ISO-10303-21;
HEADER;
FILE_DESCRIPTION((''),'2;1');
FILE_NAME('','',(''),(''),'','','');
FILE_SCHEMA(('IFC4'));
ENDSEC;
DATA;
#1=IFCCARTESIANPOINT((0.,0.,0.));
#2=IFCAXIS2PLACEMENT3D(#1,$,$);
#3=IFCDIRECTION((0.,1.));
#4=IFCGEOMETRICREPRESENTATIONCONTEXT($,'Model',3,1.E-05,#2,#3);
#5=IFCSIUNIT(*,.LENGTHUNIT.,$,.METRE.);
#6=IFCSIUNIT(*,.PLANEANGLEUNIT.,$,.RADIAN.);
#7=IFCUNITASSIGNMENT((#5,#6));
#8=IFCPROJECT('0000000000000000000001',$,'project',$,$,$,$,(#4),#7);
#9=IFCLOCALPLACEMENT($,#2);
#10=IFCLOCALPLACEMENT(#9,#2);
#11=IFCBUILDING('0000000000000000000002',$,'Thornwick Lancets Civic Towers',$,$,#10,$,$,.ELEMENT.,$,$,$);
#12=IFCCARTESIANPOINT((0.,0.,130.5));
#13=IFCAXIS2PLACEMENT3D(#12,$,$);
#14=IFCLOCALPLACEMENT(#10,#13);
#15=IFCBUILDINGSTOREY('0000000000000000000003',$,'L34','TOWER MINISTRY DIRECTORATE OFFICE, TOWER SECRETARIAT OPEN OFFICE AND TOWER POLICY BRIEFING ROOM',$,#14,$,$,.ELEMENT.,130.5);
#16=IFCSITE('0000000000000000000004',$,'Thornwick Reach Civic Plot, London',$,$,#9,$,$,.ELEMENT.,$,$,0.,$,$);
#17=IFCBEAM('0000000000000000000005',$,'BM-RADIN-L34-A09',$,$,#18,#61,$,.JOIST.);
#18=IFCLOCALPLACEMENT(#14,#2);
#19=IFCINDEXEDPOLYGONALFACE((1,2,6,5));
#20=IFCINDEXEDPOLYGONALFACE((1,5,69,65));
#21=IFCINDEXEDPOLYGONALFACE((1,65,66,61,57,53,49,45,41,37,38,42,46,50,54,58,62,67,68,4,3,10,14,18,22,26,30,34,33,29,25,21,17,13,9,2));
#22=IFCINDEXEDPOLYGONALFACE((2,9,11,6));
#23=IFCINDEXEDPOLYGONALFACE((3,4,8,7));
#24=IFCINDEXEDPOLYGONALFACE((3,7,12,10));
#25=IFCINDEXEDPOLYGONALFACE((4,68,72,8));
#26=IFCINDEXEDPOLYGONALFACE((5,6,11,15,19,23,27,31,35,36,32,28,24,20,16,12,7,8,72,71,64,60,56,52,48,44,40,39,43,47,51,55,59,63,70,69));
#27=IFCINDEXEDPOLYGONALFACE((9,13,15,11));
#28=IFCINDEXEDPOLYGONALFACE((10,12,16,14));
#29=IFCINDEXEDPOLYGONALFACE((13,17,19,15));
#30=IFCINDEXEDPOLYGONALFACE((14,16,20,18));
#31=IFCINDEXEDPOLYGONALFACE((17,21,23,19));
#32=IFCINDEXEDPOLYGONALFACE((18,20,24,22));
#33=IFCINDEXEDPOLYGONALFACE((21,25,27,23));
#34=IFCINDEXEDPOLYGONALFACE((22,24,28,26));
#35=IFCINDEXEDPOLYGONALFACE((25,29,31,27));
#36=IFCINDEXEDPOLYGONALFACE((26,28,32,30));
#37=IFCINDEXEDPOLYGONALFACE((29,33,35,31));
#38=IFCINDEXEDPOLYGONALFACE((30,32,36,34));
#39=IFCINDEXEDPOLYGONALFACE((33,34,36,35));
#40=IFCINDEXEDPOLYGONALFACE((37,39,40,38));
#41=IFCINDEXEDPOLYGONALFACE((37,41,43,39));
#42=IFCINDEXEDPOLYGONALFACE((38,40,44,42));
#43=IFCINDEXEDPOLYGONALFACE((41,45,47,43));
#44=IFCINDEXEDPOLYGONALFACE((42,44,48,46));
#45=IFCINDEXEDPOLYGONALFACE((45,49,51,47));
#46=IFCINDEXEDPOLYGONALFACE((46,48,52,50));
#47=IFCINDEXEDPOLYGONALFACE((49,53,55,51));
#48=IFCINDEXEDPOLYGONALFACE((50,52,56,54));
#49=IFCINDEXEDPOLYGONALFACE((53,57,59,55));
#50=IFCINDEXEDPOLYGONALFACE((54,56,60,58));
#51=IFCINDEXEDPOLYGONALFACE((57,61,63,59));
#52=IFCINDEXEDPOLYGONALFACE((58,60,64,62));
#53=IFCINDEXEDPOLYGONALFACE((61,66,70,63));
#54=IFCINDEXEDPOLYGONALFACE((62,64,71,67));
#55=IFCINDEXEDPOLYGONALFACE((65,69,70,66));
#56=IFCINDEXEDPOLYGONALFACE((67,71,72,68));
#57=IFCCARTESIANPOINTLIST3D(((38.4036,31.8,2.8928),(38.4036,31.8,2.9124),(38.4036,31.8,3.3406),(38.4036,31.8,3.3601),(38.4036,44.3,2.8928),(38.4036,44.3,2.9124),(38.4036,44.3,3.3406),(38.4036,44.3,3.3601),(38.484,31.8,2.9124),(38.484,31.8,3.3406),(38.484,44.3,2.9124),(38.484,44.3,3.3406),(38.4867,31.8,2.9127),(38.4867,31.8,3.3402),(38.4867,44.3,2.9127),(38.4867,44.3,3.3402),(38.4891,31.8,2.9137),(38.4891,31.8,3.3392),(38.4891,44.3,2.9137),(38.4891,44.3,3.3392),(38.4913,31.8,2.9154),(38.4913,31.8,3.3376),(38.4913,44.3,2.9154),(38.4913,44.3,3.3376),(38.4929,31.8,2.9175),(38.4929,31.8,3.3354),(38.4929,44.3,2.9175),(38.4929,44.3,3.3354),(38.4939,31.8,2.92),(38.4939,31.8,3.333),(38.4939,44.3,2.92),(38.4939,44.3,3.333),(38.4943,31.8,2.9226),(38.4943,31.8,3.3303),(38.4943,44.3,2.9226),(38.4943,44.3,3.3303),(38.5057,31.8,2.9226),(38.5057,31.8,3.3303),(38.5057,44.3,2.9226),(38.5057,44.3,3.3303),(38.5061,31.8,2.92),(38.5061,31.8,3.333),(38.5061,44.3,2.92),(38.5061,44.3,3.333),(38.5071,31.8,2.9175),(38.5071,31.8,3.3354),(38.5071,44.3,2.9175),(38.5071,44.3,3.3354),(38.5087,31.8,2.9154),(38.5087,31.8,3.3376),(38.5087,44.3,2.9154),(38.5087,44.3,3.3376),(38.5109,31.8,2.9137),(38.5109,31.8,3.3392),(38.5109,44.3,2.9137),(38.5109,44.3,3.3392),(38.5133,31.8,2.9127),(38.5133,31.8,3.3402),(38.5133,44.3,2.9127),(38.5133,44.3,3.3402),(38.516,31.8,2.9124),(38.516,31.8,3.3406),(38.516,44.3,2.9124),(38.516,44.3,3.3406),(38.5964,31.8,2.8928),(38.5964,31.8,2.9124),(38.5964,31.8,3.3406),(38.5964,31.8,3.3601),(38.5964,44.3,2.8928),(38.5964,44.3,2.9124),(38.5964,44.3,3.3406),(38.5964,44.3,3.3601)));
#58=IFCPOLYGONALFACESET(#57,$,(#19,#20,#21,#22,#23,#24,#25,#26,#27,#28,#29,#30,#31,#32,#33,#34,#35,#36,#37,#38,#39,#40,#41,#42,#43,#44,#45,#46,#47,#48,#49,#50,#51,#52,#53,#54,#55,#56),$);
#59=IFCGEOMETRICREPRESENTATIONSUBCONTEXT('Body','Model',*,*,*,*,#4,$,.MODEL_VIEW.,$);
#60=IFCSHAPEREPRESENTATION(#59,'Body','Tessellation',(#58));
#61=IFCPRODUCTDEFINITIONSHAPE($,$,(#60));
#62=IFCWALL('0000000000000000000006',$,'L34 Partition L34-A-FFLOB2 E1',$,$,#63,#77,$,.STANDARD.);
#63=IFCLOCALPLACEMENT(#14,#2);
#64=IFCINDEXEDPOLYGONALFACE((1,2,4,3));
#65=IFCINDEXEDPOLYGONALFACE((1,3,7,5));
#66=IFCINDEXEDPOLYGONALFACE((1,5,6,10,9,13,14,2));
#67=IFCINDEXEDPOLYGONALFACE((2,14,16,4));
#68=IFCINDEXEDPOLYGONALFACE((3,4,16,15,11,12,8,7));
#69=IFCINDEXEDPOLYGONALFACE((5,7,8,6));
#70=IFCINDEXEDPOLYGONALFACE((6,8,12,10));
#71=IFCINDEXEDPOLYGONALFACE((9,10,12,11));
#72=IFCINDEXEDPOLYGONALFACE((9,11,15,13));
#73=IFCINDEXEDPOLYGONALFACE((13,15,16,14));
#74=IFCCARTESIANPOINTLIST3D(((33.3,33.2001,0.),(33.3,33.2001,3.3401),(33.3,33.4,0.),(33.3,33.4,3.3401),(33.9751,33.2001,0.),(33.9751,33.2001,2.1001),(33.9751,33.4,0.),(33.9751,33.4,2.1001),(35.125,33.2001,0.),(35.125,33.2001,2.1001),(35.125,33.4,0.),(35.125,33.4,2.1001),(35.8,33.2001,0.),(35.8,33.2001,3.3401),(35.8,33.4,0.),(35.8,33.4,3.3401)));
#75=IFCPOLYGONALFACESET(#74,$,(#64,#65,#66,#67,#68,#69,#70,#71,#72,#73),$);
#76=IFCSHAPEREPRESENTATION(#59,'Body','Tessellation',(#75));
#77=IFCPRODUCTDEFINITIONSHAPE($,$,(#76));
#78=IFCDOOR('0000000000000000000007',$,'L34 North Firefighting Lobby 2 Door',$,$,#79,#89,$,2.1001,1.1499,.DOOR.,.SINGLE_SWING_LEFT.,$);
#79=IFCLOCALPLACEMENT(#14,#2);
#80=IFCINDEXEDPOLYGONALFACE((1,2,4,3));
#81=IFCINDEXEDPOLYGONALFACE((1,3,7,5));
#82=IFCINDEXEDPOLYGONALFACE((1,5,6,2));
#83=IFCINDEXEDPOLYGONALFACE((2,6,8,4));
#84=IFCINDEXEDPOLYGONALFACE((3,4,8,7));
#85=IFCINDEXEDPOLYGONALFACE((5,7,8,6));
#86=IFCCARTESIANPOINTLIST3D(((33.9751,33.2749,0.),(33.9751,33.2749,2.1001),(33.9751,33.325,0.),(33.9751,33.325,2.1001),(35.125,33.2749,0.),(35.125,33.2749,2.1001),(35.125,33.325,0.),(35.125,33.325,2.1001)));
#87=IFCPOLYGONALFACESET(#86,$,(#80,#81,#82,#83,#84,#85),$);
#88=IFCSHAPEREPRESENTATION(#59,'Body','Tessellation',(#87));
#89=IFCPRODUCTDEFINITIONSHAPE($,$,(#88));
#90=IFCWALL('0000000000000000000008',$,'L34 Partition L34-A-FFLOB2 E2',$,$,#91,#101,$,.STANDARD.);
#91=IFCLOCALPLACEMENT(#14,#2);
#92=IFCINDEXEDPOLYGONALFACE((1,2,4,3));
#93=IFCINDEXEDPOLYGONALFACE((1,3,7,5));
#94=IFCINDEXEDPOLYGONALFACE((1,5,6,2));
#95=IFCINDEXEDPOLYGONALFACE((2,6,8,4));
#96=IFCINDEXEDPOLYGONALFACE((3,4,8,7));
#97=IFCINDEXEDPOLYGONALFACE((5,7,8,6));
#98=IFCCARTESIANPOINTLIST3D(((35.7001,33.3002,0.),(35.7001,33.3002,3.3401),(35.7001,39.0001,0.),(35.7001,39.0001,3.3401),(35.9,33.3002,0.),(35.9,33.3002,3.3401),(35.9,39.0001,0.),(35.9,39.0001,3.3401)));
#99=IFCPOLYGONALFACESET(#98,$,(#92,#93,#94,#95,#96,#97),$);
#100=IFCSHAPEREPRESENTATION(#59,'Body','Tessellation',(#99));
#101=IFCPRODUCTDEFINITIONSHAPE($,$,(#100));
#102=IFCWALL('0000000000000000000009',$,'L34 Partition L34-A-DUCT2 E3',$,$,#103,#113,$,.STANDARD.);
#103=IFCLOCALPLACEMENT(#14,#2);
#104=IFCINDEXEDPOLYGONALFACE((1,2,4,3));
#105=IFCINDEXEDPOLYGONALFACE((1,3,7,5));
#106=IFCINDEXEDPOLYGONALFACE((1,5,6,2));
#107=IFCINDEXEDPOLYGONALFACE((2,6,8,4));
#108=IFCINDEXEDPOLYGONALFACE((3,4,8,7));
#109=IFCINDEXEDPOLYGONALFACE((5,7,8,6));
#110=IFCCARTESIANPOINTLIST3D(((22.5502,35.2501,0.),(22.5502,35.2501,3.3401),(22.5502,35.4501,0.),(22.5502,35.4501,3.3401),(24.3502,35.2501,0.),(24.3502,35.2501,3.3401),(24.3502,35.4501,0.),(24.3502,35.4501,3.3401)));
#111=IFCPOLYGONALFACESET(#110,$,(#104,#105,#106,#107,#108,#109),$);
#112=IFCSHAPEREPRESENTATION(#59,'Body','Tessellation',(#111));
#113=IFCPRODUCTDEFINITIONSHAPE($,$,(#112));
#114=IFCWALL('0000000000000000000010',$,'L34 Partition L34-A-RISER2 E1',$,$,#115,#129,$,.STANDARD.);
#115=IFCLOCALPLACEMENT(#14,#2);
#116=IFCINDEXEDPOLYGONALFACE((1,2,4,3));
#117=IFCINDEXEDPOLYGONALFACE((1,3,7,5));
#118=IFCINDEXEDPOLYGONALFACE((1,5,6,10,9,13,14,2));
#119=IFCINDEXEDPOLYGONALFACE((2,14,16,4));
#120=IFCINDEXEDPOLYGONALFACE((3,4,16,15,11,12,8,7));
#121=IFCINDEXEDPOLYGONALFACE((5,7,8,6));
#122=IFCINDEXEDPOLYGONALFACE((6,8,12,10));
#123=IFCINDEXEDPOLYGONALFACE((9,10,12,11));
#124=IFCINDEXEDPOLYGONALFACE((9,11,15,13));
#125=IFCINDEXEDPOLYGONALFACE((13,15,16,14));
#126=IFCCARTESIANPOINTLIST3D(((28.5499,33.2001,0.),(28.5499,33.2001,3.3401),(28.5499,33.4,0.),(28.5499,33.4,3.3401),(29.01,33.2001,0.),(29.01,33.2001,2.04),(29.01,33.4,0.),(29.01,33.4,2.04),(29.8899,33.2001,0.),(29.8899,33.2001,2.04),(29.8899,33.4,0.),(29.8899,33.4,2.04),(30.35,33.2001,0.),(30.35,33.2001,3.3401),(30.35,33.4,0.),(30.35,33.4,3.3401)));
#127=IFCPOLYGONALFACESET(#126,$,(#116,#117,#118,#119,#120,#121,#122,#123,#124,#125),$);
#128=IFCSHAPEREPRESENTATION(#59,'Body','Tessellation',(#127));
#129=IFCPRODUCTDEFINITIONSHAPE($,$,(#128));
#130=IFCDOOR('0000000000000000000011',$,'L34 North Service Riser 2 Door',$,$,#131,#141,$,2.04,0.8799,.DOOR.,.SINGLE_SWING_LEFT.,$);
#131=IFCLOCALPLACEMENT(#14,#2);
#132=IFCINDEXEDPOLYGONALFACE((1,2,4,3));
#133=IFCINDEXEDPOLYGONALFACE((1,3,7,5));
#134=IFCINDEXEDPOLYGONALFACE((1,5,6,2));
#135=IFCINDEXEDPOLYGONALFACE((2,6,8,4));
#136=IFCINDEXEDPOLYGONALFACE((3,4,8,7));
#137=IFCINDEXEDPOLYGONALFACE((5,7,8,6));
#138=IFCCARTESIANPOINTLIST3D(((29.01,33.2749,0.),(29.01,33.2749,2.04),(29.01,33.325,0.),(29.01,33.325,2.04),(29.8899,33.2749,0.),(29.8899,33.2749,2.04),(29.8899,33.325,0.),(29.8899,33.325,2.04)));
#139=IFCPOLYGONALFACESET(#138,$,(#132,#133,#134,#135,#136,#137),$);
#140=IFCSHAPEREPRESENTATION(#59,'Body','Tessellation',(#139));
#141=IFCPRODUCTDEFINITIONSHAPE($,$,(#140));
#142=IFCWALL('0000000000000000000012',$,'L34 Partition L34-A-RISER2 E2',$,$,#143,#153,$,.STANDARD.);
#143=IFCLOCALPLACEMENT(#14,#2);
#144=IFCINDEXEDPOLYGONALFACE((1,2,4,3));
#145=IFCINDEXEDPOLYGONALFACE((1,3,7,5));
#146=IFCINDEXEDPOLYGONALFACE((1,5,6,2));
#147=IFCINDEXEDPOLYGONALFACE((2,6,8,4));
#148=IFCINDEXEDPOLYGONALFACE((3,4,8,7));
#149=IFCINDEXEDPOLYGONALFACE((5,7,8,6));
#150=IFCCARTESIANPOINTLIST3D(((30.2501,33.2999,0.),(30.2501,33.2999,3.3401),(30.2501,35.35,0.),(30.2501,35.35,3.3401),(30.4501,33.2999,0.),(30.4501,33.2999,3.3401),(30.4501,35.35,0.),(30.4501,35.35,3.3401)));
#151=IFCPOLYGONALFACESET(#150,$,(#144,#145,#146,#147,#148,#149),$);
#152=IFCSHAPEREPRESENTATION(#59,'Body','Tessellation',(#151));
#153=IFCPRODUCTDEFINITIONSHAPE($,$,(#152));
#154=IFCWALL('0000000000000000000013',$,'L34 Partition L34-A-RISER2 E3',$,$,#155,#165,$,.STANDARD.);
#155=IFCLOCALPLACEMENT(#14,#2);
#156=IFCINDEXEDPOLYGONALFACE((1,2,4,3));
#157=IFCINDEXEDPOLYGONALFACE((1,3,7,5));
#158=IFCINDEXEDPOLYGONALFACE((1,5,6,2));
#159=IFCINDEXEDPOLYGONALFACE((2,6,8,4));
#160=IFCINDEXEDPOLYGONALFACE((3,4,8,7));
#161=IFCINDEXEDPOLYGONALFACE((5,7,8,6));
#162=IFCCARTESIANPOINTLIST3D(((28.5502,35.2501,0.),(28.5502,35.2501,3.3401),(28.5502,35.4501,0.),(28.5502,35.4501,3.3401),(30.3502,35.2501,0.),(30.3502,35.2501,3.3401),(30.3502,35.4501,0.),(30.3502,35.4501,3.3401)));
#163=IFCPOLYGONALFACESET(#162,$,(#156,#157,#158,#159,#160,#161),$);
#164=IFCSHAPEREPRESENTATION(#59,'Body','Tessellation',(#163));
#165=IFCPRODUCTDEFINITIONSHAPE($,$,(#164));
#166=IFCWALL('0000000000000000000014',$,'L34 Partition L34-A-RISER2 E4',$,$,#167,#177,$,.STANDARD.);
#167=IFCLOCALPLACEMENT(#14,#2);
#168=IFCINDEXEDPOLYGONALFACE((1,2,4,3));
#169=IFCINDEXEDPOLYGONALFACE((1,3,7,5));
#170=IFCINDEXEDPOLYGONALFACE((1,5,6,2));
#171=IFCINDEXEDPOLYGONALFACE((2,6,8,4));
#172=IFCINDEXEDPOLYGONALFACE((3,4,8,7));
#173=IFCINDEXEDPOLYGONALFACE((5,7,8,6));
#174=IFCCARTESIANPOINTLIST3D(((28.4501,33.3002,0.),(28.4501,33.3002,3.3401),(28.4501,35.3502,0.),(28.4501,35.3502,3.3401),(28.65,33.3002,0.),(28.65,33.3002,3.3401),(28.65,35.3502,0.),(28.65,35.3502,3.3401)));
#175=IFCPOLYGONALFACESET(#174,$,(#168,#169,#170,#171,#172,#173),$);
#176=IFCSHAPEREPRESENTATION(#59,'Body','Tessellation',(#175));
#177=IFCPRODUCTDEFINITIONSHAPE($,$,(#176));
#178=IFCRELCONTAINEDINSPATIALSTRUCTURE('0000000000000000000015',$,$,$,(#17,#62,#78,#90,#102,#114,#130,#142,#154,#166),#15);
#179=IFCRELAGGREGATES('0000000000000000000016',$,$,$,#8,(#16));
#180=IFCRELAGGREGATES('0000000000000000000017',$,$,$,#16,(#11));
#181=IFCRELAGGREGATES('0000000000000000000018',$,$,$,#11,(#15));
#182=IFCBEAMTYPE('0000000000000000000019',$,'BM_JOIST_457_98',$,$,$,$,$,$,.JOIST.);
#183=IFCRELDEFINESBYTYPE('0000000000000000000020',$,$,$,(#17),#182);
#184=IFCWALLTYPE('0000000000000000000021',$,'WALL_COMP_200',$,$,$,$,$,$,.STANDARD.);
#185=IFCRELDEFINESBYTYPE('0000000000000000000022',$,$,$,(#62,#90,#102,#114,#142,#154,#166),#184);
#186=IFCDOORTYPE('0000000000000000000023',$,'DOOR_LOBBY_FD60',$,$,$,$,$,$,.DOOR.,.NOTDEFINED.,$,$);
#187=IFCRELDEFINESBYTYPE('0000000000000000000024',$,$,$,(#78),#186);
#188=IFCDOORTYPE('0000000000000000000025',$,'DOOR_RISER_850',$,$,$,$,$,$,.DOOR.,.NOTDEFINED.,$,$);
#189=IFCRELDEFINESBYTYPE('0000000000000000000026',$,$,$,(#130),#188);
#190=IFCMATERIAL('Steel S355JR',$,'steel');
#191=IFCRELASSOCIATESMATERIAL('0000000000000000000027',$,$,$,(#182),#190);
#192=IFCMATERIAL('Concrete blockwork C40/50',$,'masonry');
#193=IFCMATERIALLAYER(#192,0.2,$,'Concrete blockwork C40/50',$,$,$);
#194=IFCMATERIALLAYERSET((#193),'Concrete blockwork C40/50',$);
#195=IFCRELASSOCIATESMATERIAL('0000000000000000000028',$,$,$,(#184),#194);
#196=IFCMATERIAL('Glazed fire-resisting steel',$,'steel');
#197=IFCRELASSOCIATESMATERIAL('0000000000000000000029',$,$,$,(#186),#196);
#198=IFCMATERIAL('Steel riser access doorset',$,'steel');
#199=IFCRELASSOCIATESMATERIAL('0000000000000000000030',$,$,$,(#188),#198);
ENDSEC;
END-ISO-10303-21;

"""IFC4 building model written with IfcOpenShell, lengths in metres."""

from ifc_helpers import new_model, si_unit, direction, frame, frame_2d, origin, origin_2d, place, context, subcontext, project, spatial, rectangle, i_section, extrude, material, layer, layer_set, material_profile, profile_set, type_object, element, fill, save


model = new_model("IFC4")

# Units and contexts
model_context = context("Model", 3, precision=1e-05, world=origin(), true_north=direction((0.0, 1.0)))
body_context = subcontext(model_context, "Body", "Model", "MODEL_VIEW")
ifc_project = project(units=[si_unit("LENGTHUNIT", "METRE"), si_unit("PLANEANGLEUNIT", "RADIAN")], contexts=[model_context])

# Site, building, storey
site_placement = place(None, origin())
site = spatial("IfcSite", under=ifc_project, at=site_placement, Name="Thornwick Reach Civic Plot, London", CompositionType="ELEMENT", RefElevation=0.0)
building_placement = place(site_placement, origin())
building = spatial("IfcBuilding", under=site, at=building_placement, Name="Thornwick Lancets Civic Towers", CompositionType="ELEMENT")
storey_placement = place(building_placement, frame((0.0, 0.0, 130.5)))
storey = spatial("IfcBuildingStorey", under=building, at=storey_placement, Name="L34", Description="TOWER MINISTRY DIRECTORATE OFFICE, TOWER SECRETARIAT OPEN OFFICE AND TOWER POLICY BRIEFING ROOM", CompositionType="ELEMENT", Elevation=130.5)

# Beam
ifc_material_1 = material(Name="Steel S355JR", Category="steel")
ifc_material_profile_1 = material_profile(ifc_material_1, i_section(OverallWidth=0.1929, OverallDepth=0.4673, WebThickness=0.0115, FlangeThickness=0.0195, FilletRadius=0.0103, at=origin_2d()), Name="UKB 457x191x98")
ifc_profile_set_1 = profile_set([ifc_material_profile_1], Name="Steel S355JR")
beam_type_1 = type_object("IfcBeamType", Name="BM_JOIST_457_98", PredefinedType="JOIST", material=ifc_profile_set_1)
beam_1_placement = place(storey_placement, frame((38.5, 31.8, 3.1265), z_axis=(0.0, 1.0, 0.0), x_axis=(-1.0, 0.0, 0.0)))
element("IfcBeam", 1, at=beam_1_placement, inside=storey, type_object=beam_type_1, Name="BM-RADIN-L34-A09", PredefinedType="JOIST", context=body_context, shape_type="SweptSolid", body=[
    extrude(i_section(OverallWidth=0.1929, OverallDepth=0.4673, WebThickness=0.0115, FlangeThickness=0.0195, FilletRadius=0.0103, at=origin_2d()), origin(), (0.0, 0.0, 1.0), 12.5),
])

# Wall, opening, door
ifc_material_2 = material(Name="Concrete blockwork C40/50", Category="masonry")
ifc_layer_1 = layer(ifc_material_2, 0.2, Name="Concrete blockwork C40/50")
ifc_layer_set_1 = layer_set([ifc_layer_1], Name="Concrete blockwork C40/50")
wall_type_1 = type_object("IfcWallType", Name="WALL_COMP_200", PredefinedType="STANDARD", material=ifc_layer_set_1)
wall_1_placement = place(storey_placement, frame((33.3, 33.3, 0.0), z_axis=(0.0, 0.0, 1.0), x_axis=(1.0, 0.0, 0.0)))
wall_1 = element("IfcWall", 2, at=wall_1_placement, inside=storey, type_object=wall_type_1, Name="L34 Partition L34-A-FFLOB2 E1", PredefinedType="STANDARD", context=body_context, shape_type="SweptSolid", body=[
    extrude(rectangle(XDim=2.5, YDim=0.2, at=frame_2d((1.25, 0.0))), origin(), (0.0, 0.0, 1.0), 3.3401),
])
opening_1_placement = place(wall_1_placement, frame((0.675, 0.0, 0.0)))
opening_1 = element("IfcOpeningElement", 3, at=opening_1_placement, cuts=wall_1, PredefinedType="OPENING", context=body_context, shape_type="SweptSolid", body=[
    extrude(rectangle(XDim=1.1499, YDim=2.1001, at=frame_2d((0.575, 1.05))), frame((0.0, 0.1099, 0.0), z_axis=(0.0, -1.0, 0.0), x_axis=(1.0, 0.0, 0.0)), (0.0, 0.0, 1.0), 0.22),
])
ifc_material_3 = material(Name="Glazed fire-resisting steel", Category="steel")
door_type_1 = type_object("IfcDoorType", Name="DOOR_LOBBY_FD60", OperationType="NOTDEFINED", PredefinedType="DOOR", material=ifc_material_3)
door_1_placement = place(opening_1_placement, origin())
door_1 = element("IfcDoor", 4, at=door_1_placement, inside=storey, type_object=door_type_1, Name="L34 North Firefighting Lobby 2 Door", OperationType="SINGLE_SWING_LEFT", OverallHeight=2.1001, OverallWidth=1.1499, PredefinedType="DOOR", context=body_context, shape_type="SweptSolid", body=[
    extrude(rectangle(XDim=1.1499, YDim=2.1001, at=frame_2d((0.575, 1.05))), frame((0.0, 0.0249, 0.0), z_axis=(0.0, -1.0, 0.0), x_axis=(1.0, 0.0, 0.0)), (0.0, 0.0, 1.0), 0.05),
])
fill(opening_1, door_1)

# Walls
wall_2_placement = place(storey_placement, frame((35.8, 33.3, 0.0), z_axis=(0.0, 0.0, 1.0), x_axis=(0.0, 1.0, 0.0)))
element("IfcWall", 5, at=wall_2_placement, inside=storey, type_object=wall_type_1, Name="L34 Partition L34-A-FFLOB2 E2", PredefinedType="STANDARD", context=body_context, shape_type="SweptSolid", body=[
    extrude(rectangle(XDim=5.7, YDim=0.2, at=frame_2d((2.8501, 0.0))), origin(), (0.0, 0.0, 1.0), 3.3401),
])
wall_3_placement = place(storey_placement, frame((24.3501, 35.3501, 0.0), z_axis=(0.0, 0.0, 1.0), x_axis=(-1.0, 0.0, 0.0)))
element("IfcWall", 6, at=wall_3_placement, inside=storey, type_object=wall_type_1, Name="L34 Partition L34-A-DUCT2 E3", PredefinedType="STANDARD", context=body_context, shape_type="SweptSolid", body=[
    extrude(rectangle(XDim=1.8, YDim=0.2, at=frame_2d((0.8999, 0.0))), origin(), (0.0, 0.0, 1.0), 3.3401),
])

# Wall, opening, door
wall_4_placement = place(storey_placement, frame((28.55, 33.3, 0.0), z_axis=(0.0, 0.0, 1.0), x_axis=(1.0, 0.0, 0.0)))
wall_4 = element("IfcWall", 7, at=wall_4_placement, inside=storey, type_object=wall_type_1, Name="L34 Partition L34-A-RISER2 E1", PredefinedType="STANDARD", context=body_context, shape_type="SweptSolid", body=[
    extrude(rectangle(XDim=1.8, YDim=0.2, at=frame_2d((0.8999, 0.0))), origin(), (0.0, 0.0, 1.0), 3.3401),
])
opening_2_placement = place(wall_4_placement, frame((0.46, 0.0, 0.0)))
opening_2 = element("IfcOpeningElement", 8, at=opening_2_placement, cuts=wall_4, PredefinedType="OPENING", context=body_context, shape_type="SweptSolid", body=[
    extrude(rectangle(XDim=0.8799, YDim=2.04, at=frame_2d((0.4399, 1.02))), frame((0.0, 0.1099, 0.0), z_axis=(0.0, -1.0, 0.0), x_axis=(1.0, 0.0, 0.0)), (0.0, 0.0, 1.0), 0.22),
])
ifc_material_4 = material(Name="Steel riser access doorset", Category="steel")
door_type_2 = type_object("IfcDoorType", Name="DOOR_RISER_850", OperationType="NOTDEFINED", PredefinedType="DOOR", material=ifc_material_4)
door_2_placement = place(opening_2_placement, origin())
door_2 = element("IfcDoor", 9, at=door_2_placement, inside=storey, type_object=door_type_2, Name="L34 North Service Riser 2 Door", OperationType="SINGLE_SWING_LEFT", OverallHeight=2.04, OverallWidth=0.8799, PredefinedType="DOOR", context=body_context, shape_type="SweptSolid", body=[
    extrude(rectangle(XDim=0.8799, YDim=2.04, at=frame_2d((0.4399, 1.02))), frame((0.0, 0.0249, 0.0), z_axis=(0.0, -1.0, 0.0), x_axis=(1.0, 0.0, 0.0)), (0.0, 0.0, 1.0), 0.05),
])
fill(opening_2, door_2)

# Walls
wall_5_placement = place(storey_placement, frame((30.3501, 33.3, 0.0), z_axis=(0.0, 0.0, 1.0), x_axis=(0.0, 1.0, 0.0)))
element("IfcWall", 10, at=wall_5_placement, inside=storey, type_object=wall_type_1, Name="L34 Partition L34-A-RISER2 E2", PredefinedType="STANDARD", context=body_context, shape_type="SweptSolid", body=[
    extrude(rectangle(XDim=2.05, YDim=0.2, at=frame_2d((1.0249, 0.0))), origin(), (0.0, 0.0, 1.0), 3.3401),
])
wall_6_placement = place(storey_placement, frame((30.3501, 35.3501, 0.0), z_axis=(0.0, 0.0, 1.0), x_axis=(-1.0, 0.0, 0.0)))
element("IfcWall", 11, at=wall_6_placement, inside=storey, type_object=wall_type_1, Name="L34 Partition L34-A-RISER2 E3", PredefinedType="STANDARD", context=body_context, shape_type="SweptSolid", body=[
    extrude(rectangle(XDim=1.8, YDim=0.2, at=frame_2d((0.8999, 0.0))), origin(), (0.0, 0.0, 1.0), 3.3401),
])
wall_7_placement = place(storey_placement, frame((28.55, 35.3501, 0.0), z_axis=(0.0, 0.0, 1.0), x_axis=(0.0, -1.0, 0.0)))
element("IfcWall", 12, at=wall_7_placement, inside=storey, type_object=wall_type_1, Name="L34 Partition L34-A-RISER2 E4", PredefinedType="STANDARD", context=body_context, shape_type="SweptSolid", body=[
    extrude(rectangle(XDim=2.05, YDim=0.2, at=frame_2d((1.0249, 0.0))), origin(), (0.0, 0.0, 1.0), 3.3401),
])

save(model, "model.ifc")
